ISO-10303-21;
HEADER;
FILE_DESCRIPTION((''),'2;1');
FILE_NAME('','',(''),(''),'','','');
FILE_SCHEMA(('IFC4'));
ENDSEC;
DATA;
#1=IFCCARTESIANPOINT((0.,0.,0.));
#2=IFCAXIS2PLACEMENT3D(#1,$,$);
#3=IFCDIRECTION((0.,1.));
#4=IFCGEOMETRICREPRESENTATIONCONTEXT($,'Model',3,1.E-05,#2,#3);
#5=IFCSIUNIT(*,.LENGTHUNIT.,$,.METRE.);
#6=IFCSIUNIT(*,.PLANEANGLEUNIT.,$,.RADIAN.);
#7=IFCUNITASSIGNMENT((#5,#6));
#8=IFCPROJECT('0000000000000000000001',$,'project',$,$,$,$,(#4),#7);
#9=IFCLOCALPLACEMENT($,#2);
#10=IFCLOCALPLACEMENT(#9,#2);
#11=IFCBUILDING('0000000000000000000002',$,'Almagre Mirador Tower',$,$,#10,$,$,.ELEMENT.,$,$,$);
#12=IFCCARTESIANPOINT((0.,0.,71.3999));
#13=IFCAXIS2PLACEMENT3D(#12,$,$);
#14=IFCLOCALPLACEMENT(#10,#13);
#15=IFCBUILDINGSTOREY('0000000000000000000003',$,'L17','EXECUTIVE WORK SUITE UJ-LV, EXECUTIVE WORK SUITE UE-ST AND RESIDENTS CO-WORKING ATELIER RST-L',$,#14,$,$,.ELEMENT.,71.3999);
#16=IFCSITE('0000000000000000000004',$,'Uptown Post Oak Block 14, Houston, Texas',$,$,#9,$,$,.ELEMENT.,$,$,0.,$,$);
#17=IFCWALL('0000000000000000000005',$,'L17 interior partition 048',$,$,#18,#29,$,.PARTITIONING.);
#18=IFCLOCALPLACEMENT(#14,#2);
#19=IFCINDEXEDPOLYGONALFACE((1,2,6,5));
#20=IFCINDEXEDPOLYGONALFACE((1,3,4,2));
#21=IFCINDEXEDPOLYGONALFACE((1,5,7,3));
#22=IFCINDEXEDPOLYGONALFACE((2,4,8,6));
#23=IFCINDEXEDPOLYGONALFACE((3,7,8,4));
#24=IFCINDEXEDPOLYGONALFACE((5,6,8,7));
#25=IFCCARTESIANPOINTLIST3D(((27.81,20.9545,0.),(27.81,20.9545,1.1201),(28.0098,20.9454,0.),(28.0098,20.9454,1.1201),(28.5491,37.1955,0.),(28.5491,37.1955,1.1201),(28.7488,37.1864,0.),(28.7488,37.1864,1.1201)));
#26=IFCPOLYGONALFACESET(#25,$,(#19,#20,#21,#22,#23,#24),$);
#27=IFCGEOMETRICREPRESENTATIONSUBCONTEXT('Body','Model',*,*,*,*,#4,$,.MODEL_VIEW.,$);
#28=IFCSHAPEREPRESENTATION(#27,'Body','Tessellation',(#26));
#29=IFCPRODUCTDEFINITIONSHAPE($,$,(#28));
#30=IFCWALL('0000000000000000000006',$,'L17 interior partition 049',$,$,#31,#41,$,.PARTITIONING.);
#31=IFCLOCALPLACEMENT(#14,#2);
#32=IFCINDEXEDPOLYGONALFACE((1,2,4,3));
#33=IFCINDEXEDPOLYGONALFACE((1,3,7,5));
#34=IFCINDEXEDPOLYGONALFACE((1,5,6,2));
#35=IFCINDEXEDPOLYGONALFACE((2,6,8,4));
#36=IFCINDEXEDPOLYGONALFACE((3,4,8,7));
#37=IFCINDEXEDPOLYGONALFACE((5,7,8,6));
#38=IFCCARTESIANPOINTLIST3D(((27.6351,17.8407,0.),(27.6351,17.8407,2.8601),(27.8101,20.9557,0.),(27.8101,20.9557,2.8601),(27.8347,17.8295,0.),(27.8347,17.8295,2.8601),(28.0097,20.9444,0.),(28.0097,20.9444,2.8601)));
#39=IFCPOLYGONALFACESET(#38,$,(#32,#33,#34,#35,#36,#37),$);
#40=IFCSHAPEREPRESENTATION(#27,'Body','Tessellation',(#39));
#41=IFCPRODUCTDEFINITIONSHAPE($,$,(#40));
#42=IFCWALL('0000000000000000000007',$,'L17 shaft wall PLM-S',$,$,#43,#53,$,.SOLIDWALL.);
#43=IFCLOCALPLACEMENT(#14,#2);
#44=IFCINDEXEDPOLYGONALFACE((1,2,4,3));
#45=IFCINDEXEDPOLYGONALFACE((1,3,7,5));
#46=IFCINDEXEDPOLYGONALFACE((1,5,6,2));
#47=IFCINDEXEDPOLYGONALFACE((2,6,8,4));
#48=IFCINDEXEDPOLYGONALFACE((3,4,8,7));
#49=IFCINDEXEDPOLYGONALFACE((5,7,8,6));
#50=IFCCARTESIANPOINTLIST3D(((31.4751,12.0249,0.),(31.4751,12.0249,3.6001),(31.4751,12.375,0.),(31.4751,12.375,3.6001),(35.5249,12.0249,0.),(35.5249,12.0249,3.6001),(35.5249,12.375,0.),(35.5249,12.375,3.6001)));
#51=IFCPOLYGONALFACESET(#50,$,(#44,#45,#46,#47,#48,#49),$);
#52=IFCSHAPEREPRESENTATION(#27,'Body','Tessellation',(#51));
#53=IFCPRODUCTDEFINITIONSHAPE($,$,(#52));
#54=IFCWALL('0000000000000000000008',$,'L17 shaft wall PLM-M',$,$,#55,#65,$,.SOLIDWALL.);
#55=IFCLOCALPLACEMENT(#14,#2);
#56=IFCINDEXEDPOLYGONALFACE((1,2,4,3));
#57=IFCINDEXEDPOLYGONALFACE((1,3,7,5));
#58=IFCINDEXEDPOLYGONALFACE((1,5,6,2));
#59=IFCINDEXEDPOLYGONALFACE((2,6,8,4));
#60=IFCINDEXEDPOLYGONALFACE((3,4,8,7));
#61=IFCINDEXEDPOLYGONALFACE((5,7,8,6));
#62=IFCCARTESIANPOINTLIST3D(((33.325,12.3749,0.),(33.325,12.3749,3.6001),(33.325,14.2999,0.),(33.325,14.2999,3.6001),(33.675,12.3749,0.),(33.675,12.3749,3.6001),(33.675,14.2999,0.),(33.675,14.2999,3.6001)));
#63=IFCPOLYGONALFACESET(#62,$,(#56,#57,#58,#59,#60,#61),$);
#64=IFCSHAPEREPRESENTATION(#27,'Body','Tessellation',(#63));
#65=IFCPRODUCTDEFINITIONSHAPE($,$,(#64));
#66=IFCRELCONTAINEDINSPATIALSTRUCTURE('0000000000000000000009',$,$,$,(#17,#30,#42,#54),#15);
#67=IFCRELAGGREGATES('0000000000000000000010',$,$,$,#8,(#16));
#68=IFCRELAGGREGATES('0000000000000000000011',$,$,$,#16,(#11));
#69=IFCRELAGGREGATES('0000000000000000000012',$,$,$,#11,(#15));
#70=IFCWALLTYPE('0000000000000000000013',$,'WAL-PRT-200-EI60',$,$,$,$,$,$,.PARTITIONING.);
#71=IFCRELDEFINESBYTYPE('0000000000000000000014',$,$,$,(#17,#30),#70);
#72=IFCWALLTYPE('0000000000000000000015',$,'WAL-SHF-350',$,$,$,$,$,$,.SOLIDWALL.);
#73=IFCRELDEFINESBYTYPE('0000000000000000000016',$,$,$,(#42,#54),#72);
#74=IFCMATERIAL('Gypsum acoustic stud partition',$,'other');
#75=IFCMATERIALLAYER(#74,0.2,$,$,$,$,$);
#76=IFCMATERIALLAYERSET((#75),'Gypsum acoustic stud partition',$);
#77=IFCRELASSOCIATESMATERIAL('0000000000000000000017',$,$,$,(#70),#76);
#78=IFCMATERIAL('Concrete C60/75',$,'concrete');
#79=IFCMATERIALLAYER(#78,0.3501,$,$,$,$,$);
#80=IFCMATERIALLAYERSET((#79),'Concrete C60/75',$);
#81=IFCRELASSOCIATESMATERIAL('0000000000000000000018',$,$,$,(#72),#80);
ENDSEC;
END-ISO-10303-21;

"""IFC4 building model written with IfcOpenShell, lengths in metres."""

from ifc_helpers import new_model, si_unit, direction, frame, frame_2d, origin, place, context, subcontext, project, spatial, rectangle, extrude, material, layer, layer_set, type_object, element, save


model = new_model("IFC4")

# Units and contexts
model_context = context("Model", 3, precision=1e-05, world=origin(), true_north=direction((0.0, 1.0)))
body_context = subcontext(model_context, "Body", "Model", "MODEL_VIEW")
ifc_project = project(units=[si_unit("LENGTHUNIT", "METRE"), si_unit("PLANEANGLEUNIT", "RADIAN")], contexts=[model_context])

# Site, building, storey
site_placement = place(None, origin())
site = spatial("IfcSite", under=ifc_project, at=site_placement, Name="Uptown Post Oak Block 14, Houston, Texas", CompositionType="ELEMENT", RefElevation=0.0)
building_placement = place(site_placement, origin())
building = spatial("IfcBuilding", under=site, at=building_placement, Name="Almagre Mirador Tower", CompositionType="ELEMENT")
storey_placement = place(building_placement, frame((0.0, 0.0, 71.3999)))
storey = spatial("IfcBuildingStorey", under=building, at=storey_placement, Name="L17", Description="EXECUTIVE WORK SUITE UJ-LV, EXECUTIVE WORK SUITE UE-ST AND RESIDENTS CO-WORKING ATELIER RST-L", CompositionType="ELEMENT", Elevation=71.3999)

# Shared definitions
ifc_material_1 = material(Name="Gypsum acoustic stud partition", Category="other")
ifc_layer_1 = layer(ifc_material_1, 0.2)
ifc_layer_set_1 = layer_set([ifc_layer_1], Name="Gypsum acoustic stud partition")
wall_type_1 = type_object("IfcWallType", Name="WAL-PRT-200-EI60", PredefinedType="PARTITIONING", material=ifc_layer_set_1)

# Walls
wall_1_placement = place(storey_placement, frame((27.9099, 20.95, 0.0), z_axis=(0.0, 0.0, 1.0), x_axis=(0.045456, 0.998966, 0.0)))
element("IfcWall", 1, at=wall_1_placement, inside=storey, type_object=wall_type_1, Name="L17 interior partition 048", PredefinedType="PARTITIONING", context=body_context, shape_type="SweptSolid", body=[
    extrude(rectangle(XDim=16.2578, YDim=0.2, at=frame_2d((8.1289, 0.0))), origin(), (0.0, 0.0, 1.0), 1.1201),
])
wall_2_placement = place(storey_placement, frame((27.7349, 17.835, 0.0), z_axis=(0.0, 0.0, 1.0), x_axis=(0.056107, 0.998425, 0.0)))
element("IfcWall", 2, at=wall_2_placement, inside=storey, type_object=wall_type_1, Name="L17 interior partition 049", PredefinedType="PARTITIONING", context=body_context, shape_type="SweptSolid", body=[
    extrude(rectangle(XDim=3.1199, YDim=0.2, at=frame_2d((1.5601, 0.0))), origin(), (0.0, 0.0, 1.0), 2.8601),
])
ifc_material_2 = material(Name="Concrete C60/75", Category="concrete")
ifc_layer_2 = layer(ifc_material_2, 0.3501)
ifc_layer_set_2 = layer_set([ifc_layer_2], Name="Concrete C60/75")
wall_type_2 = type_object("IfcWallType", Name="WAL-SHF-350", PredefinedType="SOLIDWALL", material=ifc_layer_set_2)
wall_3_placement = place(storey_placement, frame((31.4751, 12.2, 0.0), z_axis=(0.0, 0.0, 1.0), x_axis=(1.0, 0.0, 0.0)))
element("IfcWall", 3, at=wall_3_placement, inside=storey, type_object=wall_type_2, Name="L17 shaft wall PLM-S", PredefinedType="SOLIDWALL", context=body_context, shape_type="SweptSolid", body=[
    extrude(rectangle(XDim=4.0498, YDim=0.3501, at=frame_2d((2.0249, 0.0))), origin(), (0.0, 0.0, 1.0), 3.6001),
])
wall_4_placement = place(storey_placement, frame((33.5, 12.375, 0.0), z_axis=(0.0, 0.0, 1.0), x_axis=(0.0, 1.0, 0.0)))
element("IfcWall", 4, at=wall_4_placement, inside=storey, type_object=wall_type_2, Name="L17 shaft wall PLM-M", PredefinedType="SOLIDWALL", context=body_context, shape_type="SweptSolid", body=[
    extrude(rectangle(XDim=1.925, YDim=0.3501, at=frame_2d((0.9624, 0.0))), origin(), (0.0, 0.0, 1.0), 3.6001),
])

save(model, "model.ifc")
